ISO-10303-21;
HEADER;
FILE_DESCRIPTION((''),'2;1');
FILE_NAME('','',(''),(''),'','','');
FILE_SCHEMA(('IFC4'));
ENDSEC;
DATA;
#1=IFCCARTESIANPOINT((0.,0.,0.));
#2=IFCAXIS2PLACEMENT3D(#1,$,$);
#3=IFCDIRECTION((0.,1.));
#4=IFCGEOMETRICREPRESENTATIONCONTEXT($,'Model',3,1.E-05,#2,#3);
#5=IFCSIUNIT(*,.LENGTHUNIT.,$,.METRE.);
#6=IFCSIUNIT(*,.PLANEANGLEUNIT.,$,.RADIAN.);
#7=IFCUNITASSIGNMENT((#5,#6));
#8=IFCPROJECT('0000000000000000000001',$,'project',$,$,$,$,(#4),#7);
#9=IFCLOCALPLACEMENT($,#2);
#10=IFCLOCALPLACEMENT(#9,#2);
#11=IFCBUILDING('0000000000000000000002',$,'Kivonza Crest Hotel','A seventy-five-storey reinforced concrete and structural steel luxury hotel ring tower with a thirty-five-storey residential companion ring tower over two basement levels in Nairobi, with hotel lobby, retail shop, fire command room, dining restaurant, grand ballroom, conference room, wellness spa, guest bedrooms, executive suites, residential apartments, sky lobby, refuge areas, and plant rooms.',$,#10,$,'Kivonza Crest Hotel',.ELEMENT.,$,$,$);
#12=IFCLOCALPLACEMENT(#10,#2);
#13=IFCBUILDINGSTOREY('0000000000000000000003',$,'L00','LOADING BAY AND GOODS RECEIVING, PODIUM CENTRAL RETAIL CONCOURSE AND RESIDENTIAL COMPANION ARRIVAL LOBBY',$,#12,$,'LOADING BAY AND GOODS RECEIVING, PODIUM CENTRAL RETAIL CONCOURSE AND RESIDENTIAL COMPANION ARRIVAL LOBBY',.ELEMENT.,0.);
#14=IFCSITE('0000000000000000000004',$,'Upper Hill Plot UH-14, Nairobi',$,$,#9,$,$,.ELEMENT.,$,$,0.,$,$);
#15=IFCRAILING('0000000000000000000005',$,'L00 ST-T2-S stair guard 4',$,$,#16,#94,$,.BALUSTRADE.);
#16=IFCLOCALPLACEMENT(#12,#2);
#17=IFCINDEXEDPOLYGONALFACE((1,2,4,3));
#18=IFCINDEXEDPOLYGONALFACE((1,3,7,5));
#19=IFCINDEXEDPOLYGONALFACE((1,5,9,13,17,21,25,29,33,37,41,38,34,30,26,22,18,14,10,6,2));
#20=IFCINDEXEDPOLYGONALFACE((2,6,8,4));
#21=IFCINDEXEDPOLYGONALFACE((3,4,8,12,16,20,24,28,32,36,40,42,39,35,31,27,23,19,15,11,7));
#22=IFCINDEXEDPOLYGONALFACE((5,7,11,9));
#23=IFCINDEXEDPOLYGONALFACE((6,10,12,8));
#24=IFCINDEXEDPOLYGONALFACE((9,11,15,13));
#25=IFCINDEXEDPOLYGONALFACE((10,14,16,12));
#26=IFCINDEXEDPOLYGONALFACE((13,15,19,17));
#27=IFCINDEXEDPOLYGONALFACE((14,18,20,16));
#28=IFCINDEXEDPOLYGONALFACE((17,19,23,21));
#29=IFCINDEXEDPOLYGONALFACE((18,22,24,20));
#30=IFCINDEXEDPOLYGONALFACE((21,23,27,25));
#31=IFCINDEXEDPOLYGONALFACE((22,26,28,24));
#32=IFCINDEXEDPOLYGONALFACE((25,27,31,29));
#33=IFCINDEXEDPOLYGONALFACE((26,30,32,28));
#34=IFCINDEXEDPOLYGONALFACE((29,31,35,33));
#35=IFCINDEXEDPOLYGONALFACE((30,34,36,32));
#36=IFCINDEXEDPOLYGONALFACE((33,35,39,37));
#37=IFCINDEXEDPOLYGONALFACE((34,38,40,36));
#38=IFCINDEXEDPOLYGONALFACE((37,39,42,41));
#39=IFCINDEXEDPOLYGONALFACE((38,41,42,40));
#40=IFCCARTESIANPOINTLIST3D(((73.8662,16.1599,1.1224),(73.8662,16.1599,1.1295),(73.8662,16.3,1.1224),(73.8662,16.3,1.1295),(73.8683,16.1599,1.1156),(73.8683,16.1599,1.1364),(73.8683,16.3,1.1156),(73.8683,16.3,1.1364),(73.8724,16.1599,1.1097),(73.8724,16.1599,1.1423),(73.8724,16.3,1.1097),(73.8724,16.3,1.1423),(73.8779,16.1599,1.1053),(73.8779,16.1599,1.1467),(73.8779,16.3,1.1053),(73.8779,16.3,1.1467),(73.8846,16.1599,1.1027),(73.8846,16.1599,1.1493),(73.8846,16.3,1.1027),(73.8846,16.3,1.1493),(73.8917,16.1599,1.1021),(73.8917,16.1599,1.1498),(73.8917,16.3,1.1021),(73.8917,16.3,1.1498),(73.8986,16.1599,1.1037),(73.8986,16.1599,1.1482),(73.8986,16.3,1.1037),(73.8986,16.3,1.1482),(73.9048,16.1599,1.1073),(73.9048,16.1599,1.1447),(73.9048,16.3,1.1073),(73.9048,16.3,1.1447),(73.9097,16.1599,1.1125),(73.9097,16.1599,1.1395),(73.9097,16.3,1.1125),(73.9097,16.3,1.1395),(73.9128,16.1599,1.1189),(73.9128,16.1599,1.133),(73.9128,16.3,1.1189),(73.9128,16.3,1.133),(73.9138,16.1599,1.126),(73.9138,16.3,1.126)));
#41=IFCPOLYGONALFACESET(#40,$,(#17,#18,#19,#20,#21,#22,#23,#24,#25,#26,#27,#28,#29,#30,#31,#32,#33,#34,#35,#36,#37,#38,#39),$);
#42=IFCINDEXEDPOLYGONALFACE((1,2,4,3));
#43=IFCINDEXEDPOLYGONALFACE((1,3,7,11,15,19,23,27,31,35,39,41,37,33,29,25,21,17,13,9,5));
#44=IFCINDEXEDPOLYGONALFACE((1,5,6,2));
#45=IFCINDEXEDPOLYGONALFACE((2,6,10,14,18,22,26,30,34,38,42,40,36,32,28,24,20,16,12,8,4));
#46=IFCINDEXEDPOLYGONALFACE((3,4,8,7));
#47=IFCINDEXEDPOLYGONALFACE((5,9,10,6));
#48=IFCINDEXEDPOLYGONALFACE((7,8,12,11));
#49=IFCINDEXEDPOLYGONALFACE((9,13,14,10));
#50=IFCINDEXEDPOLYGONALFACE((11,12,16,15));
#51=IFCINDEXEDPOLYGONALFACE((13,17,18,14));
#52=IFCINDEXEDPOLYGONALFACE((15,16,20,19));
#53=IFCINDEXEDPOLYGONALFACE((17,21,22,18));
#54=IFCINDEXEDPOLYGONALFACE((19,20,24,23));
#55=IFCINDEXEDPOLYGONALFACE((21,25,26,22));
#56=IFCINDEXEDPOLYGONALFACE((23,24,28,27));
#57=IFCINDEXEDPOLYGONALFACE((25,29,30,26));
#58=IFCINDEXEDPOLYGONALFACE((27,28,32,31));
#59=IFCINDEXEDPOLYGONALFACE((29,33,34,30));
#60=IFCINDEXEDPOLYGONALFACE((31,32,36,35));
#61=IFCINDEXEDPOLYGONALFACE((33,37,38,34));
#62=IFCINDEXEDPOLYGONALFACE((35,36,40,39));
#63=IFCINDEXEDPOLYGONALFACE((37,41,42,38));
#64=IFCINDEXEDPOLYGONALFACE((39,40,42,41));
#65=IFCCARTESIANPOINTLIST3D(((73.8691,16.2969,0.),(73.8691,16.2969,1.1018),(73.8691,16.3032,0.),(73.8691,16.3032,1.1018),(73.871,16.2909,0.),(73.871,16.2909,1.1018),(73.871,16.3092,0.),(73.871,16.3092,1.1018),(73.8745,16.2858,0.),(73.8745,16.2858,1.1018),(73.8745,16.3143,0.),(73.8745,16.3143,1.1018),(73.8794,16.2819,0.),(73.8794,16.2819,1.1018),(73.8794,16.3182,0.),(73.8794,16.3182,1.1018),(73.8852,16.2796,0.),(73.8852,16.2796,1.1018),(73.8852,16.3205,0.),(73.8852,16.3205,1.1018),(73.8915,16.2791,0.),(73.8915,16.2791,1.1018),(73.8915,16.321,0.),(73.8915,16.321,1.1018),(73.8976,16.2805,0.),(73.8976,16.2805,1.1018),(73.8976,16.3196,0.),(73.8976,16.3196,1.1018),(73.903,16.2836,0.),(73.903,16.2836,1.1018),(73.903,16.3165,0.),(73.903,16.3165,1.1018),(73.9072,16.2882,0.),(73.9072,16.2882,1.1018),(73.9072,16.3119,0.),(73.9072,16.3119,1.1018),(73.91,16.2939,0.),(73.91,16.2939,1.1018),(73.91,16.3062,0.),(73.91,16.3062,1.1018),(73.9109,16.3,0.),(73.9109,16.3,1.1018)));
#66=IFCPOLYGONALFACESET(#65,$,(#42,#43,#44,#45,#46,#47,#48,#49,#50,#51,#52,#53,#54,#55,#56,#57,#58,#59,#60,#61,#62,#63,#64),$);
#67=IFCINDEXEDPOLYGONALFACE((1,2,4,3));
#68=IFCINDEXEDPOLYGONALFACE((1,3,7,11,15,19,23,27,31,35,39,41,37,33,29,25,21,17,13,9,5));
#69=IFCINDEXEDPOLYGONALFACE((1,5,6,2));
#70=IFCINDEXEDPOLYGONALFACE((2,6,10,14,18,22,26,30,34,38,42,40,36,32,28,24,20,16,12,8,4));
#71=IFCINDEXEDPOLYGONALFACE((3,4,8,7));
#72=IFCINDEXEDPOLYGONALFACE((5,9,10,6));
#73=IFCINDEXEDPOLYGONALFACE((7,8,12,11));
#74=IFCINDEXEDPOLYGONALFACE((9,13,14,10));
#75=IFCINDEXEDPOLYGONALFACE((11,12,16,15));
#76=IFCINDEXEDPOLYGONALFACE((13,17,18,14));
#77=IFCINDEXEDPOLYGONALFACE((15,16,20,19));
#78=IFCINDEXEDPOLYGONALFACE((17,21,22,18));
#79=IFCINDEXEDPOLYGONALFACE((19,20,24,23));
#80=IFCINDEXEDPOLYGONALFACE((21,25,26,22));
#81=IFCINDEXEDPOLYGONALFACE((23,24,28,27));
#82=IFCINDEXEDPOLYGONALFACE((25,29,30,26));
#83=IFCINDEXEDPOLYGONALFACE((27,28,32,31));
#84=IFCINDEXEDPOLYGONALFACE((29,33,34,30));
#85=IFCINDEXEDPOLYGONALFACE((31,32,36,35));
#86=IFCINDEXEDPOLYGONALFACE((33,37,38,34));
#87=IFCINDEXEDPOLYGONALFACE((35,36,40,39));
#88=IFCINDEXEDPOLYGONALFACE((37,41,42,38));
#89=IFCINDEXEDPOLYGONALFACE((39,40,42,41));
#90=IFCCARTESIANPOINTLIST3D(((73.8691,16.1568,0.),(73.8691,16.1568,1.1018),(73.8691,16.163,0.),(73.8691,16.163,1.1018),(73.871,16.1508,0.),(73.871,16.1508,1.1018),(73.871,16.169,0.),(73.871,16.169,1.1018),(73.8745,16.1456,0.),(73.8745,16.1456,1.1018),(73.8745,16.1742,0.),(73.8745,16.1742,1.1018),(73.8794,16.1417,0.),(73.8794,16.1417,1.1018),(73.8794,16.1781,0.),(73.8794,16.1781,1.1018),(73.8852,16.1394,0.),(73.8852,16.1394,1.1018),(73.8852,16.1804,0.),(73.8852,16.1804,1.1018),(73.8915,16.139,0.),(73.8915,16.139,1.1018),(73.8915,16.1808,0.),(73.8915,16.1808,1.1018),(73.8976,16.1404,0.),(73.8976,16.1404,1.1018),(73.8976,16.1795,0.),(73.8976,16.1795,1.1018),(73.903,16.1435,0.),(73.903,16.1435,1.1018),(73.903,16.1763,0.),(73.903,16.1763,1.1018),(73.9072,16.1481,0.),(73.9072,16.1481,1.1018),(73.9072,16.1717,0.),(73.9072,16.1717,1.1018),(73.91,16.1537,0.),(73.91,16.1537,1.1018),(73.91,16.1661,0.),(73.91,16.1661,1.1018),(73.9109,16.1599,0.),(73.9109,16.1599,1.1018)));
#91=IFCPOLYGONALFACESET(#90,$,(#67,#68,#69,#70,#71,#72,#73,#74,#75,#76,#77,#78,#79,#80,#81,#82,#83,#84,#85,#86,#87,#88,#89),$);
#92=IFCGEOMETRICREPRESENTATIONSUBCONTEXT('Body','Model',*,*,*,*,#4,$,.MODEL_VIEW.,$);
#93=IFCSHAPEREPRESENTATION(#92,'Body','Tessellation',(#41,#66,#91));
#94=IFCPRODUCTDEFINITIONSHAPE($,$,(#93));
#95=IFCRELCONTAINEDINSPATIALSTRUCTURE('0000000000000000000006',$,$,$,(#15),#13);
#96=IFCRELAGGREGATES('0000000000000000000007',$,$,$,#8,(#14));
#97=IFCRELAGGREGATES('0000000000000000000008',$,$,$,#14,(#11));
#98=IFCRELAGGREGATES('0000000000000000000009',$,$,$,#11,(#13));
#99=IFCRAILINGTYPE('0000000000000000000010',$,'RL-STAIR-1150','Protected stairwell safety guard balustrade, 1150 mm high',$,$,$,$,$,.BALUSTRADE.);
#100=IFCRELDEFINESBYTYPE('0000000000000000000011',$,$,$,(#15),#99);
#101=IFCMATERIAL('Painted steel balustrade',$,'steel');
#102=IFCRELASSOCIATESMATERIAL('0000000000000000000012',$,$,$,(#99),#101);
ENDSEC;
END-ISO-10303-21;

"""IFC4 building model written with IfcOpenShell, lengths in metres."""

from ifc_helpers import new_model, si_unit, direction, frame, origin, origin_2d, place, context, subcontext, project, spatial, circle, extrude, material, type_object, element, save


model = new_model("IFC4")

# Units and contexts
model_context = context("Model", 3, precision=1e-05, world=origin(), true_north=direction((0.0, 1.0)))
body_context = subcontext(model_context, "Body", "Model", "MODEL_VIEW")
ifc_project = project(units=[si_unit("LENGTHUNIT", "METRE"), si_unit("PLANEANGLEUNIT", "RADIAN")], contexts=[model_context])

# Site, building, storey
site_placement = place(None, origin())
site = spatial("IfcSite", under=ifc_project, at=site_placement, Name="Upper Hill Plot UH-14, Nairobi", CompositionType="ELEMENT", RefElevation=0.0)
building_placement = place(site_placement, origin())
building = spatial("IfcBuilding", under=site, at=building_placement, Name="Kivonza Crest Hotel", Description="A seventy-five-storey reinforced concrete and structural steel luxury hotel ring tower with a thirty-five-storey residential companion ring tower over two basement levels in Nairobi, with hotel lobby, retail shop, fire command room, dining restaurant, grand ballroom, conference room, wellness spa, guest bedrooms, executive suites, residential apartments, sky lobby, refuge areas, and plant rooms.", LongName="Kivonza Crest Hotel", CompositionType="ELEMENT")
storey_placement = place(building_placement, origin())
storey = spatial("IfcBuildingStorey", under=building, at=storey_placement, Name="L00", Description="LOADING BAY AND GOODS RECEIVING, PODIUM CENTRAL RETAIL CONCOURSE AND RESIDENTIAL COMPANION ARRIVAL LOBBY", LongName="LOADING BAY AND GOODS RECEIVING, PODIUM CENTRAL RETAIL CONCOURSE AND RESIDENTIAL COMPANION ARRIVAL LOBBY", CompositionType="ELEMENT", Elevation=0.0)

# Railing
ifc_material_1 = material(Name="Painted steel balustrade", Category="steel")
railing_type_1 = type_object("IfcRailingType", Name="RL-STAIR-1150", Description="Protected stairwell safety guard balustrade, 1150 mm high", PredefinedType="BALUSTRADE", material=ifc_material_1)
railing_1_placement = place(storey_placement, frame((73.8899, 16.3, 0.0)))
element("IfcRailing", 1, at=railing_1_placement, inside=storey, type_object=railing_type_1, Name="L00 ST-T2-S stair guard 4", PredefinedType="BALUSTRADE", context=body_context, shape_type="SweptSolid", body=[
    extrude(circle(Radius=0.0239, at=origin_2d()), frame((0.0, 0.0, 1.126), z_axis=(0.0, -1.0, 0.0), x_axis=(1.0, 0.0, 0.0)), (0.0, 0.0, 1.0), 0.1401),
    extrude(circle(Radius=0.021, at=origin_2d()), origin(), (0.0, 0.0, 1.0), 1.1018),
    extrude(circle(Radius=0.021, at=origin_2d()), frame((0.0, -0.1401, 0.0)), (0.0, 0.0, 1.0), 1.1018),
])

save(model, "model.ifc")
